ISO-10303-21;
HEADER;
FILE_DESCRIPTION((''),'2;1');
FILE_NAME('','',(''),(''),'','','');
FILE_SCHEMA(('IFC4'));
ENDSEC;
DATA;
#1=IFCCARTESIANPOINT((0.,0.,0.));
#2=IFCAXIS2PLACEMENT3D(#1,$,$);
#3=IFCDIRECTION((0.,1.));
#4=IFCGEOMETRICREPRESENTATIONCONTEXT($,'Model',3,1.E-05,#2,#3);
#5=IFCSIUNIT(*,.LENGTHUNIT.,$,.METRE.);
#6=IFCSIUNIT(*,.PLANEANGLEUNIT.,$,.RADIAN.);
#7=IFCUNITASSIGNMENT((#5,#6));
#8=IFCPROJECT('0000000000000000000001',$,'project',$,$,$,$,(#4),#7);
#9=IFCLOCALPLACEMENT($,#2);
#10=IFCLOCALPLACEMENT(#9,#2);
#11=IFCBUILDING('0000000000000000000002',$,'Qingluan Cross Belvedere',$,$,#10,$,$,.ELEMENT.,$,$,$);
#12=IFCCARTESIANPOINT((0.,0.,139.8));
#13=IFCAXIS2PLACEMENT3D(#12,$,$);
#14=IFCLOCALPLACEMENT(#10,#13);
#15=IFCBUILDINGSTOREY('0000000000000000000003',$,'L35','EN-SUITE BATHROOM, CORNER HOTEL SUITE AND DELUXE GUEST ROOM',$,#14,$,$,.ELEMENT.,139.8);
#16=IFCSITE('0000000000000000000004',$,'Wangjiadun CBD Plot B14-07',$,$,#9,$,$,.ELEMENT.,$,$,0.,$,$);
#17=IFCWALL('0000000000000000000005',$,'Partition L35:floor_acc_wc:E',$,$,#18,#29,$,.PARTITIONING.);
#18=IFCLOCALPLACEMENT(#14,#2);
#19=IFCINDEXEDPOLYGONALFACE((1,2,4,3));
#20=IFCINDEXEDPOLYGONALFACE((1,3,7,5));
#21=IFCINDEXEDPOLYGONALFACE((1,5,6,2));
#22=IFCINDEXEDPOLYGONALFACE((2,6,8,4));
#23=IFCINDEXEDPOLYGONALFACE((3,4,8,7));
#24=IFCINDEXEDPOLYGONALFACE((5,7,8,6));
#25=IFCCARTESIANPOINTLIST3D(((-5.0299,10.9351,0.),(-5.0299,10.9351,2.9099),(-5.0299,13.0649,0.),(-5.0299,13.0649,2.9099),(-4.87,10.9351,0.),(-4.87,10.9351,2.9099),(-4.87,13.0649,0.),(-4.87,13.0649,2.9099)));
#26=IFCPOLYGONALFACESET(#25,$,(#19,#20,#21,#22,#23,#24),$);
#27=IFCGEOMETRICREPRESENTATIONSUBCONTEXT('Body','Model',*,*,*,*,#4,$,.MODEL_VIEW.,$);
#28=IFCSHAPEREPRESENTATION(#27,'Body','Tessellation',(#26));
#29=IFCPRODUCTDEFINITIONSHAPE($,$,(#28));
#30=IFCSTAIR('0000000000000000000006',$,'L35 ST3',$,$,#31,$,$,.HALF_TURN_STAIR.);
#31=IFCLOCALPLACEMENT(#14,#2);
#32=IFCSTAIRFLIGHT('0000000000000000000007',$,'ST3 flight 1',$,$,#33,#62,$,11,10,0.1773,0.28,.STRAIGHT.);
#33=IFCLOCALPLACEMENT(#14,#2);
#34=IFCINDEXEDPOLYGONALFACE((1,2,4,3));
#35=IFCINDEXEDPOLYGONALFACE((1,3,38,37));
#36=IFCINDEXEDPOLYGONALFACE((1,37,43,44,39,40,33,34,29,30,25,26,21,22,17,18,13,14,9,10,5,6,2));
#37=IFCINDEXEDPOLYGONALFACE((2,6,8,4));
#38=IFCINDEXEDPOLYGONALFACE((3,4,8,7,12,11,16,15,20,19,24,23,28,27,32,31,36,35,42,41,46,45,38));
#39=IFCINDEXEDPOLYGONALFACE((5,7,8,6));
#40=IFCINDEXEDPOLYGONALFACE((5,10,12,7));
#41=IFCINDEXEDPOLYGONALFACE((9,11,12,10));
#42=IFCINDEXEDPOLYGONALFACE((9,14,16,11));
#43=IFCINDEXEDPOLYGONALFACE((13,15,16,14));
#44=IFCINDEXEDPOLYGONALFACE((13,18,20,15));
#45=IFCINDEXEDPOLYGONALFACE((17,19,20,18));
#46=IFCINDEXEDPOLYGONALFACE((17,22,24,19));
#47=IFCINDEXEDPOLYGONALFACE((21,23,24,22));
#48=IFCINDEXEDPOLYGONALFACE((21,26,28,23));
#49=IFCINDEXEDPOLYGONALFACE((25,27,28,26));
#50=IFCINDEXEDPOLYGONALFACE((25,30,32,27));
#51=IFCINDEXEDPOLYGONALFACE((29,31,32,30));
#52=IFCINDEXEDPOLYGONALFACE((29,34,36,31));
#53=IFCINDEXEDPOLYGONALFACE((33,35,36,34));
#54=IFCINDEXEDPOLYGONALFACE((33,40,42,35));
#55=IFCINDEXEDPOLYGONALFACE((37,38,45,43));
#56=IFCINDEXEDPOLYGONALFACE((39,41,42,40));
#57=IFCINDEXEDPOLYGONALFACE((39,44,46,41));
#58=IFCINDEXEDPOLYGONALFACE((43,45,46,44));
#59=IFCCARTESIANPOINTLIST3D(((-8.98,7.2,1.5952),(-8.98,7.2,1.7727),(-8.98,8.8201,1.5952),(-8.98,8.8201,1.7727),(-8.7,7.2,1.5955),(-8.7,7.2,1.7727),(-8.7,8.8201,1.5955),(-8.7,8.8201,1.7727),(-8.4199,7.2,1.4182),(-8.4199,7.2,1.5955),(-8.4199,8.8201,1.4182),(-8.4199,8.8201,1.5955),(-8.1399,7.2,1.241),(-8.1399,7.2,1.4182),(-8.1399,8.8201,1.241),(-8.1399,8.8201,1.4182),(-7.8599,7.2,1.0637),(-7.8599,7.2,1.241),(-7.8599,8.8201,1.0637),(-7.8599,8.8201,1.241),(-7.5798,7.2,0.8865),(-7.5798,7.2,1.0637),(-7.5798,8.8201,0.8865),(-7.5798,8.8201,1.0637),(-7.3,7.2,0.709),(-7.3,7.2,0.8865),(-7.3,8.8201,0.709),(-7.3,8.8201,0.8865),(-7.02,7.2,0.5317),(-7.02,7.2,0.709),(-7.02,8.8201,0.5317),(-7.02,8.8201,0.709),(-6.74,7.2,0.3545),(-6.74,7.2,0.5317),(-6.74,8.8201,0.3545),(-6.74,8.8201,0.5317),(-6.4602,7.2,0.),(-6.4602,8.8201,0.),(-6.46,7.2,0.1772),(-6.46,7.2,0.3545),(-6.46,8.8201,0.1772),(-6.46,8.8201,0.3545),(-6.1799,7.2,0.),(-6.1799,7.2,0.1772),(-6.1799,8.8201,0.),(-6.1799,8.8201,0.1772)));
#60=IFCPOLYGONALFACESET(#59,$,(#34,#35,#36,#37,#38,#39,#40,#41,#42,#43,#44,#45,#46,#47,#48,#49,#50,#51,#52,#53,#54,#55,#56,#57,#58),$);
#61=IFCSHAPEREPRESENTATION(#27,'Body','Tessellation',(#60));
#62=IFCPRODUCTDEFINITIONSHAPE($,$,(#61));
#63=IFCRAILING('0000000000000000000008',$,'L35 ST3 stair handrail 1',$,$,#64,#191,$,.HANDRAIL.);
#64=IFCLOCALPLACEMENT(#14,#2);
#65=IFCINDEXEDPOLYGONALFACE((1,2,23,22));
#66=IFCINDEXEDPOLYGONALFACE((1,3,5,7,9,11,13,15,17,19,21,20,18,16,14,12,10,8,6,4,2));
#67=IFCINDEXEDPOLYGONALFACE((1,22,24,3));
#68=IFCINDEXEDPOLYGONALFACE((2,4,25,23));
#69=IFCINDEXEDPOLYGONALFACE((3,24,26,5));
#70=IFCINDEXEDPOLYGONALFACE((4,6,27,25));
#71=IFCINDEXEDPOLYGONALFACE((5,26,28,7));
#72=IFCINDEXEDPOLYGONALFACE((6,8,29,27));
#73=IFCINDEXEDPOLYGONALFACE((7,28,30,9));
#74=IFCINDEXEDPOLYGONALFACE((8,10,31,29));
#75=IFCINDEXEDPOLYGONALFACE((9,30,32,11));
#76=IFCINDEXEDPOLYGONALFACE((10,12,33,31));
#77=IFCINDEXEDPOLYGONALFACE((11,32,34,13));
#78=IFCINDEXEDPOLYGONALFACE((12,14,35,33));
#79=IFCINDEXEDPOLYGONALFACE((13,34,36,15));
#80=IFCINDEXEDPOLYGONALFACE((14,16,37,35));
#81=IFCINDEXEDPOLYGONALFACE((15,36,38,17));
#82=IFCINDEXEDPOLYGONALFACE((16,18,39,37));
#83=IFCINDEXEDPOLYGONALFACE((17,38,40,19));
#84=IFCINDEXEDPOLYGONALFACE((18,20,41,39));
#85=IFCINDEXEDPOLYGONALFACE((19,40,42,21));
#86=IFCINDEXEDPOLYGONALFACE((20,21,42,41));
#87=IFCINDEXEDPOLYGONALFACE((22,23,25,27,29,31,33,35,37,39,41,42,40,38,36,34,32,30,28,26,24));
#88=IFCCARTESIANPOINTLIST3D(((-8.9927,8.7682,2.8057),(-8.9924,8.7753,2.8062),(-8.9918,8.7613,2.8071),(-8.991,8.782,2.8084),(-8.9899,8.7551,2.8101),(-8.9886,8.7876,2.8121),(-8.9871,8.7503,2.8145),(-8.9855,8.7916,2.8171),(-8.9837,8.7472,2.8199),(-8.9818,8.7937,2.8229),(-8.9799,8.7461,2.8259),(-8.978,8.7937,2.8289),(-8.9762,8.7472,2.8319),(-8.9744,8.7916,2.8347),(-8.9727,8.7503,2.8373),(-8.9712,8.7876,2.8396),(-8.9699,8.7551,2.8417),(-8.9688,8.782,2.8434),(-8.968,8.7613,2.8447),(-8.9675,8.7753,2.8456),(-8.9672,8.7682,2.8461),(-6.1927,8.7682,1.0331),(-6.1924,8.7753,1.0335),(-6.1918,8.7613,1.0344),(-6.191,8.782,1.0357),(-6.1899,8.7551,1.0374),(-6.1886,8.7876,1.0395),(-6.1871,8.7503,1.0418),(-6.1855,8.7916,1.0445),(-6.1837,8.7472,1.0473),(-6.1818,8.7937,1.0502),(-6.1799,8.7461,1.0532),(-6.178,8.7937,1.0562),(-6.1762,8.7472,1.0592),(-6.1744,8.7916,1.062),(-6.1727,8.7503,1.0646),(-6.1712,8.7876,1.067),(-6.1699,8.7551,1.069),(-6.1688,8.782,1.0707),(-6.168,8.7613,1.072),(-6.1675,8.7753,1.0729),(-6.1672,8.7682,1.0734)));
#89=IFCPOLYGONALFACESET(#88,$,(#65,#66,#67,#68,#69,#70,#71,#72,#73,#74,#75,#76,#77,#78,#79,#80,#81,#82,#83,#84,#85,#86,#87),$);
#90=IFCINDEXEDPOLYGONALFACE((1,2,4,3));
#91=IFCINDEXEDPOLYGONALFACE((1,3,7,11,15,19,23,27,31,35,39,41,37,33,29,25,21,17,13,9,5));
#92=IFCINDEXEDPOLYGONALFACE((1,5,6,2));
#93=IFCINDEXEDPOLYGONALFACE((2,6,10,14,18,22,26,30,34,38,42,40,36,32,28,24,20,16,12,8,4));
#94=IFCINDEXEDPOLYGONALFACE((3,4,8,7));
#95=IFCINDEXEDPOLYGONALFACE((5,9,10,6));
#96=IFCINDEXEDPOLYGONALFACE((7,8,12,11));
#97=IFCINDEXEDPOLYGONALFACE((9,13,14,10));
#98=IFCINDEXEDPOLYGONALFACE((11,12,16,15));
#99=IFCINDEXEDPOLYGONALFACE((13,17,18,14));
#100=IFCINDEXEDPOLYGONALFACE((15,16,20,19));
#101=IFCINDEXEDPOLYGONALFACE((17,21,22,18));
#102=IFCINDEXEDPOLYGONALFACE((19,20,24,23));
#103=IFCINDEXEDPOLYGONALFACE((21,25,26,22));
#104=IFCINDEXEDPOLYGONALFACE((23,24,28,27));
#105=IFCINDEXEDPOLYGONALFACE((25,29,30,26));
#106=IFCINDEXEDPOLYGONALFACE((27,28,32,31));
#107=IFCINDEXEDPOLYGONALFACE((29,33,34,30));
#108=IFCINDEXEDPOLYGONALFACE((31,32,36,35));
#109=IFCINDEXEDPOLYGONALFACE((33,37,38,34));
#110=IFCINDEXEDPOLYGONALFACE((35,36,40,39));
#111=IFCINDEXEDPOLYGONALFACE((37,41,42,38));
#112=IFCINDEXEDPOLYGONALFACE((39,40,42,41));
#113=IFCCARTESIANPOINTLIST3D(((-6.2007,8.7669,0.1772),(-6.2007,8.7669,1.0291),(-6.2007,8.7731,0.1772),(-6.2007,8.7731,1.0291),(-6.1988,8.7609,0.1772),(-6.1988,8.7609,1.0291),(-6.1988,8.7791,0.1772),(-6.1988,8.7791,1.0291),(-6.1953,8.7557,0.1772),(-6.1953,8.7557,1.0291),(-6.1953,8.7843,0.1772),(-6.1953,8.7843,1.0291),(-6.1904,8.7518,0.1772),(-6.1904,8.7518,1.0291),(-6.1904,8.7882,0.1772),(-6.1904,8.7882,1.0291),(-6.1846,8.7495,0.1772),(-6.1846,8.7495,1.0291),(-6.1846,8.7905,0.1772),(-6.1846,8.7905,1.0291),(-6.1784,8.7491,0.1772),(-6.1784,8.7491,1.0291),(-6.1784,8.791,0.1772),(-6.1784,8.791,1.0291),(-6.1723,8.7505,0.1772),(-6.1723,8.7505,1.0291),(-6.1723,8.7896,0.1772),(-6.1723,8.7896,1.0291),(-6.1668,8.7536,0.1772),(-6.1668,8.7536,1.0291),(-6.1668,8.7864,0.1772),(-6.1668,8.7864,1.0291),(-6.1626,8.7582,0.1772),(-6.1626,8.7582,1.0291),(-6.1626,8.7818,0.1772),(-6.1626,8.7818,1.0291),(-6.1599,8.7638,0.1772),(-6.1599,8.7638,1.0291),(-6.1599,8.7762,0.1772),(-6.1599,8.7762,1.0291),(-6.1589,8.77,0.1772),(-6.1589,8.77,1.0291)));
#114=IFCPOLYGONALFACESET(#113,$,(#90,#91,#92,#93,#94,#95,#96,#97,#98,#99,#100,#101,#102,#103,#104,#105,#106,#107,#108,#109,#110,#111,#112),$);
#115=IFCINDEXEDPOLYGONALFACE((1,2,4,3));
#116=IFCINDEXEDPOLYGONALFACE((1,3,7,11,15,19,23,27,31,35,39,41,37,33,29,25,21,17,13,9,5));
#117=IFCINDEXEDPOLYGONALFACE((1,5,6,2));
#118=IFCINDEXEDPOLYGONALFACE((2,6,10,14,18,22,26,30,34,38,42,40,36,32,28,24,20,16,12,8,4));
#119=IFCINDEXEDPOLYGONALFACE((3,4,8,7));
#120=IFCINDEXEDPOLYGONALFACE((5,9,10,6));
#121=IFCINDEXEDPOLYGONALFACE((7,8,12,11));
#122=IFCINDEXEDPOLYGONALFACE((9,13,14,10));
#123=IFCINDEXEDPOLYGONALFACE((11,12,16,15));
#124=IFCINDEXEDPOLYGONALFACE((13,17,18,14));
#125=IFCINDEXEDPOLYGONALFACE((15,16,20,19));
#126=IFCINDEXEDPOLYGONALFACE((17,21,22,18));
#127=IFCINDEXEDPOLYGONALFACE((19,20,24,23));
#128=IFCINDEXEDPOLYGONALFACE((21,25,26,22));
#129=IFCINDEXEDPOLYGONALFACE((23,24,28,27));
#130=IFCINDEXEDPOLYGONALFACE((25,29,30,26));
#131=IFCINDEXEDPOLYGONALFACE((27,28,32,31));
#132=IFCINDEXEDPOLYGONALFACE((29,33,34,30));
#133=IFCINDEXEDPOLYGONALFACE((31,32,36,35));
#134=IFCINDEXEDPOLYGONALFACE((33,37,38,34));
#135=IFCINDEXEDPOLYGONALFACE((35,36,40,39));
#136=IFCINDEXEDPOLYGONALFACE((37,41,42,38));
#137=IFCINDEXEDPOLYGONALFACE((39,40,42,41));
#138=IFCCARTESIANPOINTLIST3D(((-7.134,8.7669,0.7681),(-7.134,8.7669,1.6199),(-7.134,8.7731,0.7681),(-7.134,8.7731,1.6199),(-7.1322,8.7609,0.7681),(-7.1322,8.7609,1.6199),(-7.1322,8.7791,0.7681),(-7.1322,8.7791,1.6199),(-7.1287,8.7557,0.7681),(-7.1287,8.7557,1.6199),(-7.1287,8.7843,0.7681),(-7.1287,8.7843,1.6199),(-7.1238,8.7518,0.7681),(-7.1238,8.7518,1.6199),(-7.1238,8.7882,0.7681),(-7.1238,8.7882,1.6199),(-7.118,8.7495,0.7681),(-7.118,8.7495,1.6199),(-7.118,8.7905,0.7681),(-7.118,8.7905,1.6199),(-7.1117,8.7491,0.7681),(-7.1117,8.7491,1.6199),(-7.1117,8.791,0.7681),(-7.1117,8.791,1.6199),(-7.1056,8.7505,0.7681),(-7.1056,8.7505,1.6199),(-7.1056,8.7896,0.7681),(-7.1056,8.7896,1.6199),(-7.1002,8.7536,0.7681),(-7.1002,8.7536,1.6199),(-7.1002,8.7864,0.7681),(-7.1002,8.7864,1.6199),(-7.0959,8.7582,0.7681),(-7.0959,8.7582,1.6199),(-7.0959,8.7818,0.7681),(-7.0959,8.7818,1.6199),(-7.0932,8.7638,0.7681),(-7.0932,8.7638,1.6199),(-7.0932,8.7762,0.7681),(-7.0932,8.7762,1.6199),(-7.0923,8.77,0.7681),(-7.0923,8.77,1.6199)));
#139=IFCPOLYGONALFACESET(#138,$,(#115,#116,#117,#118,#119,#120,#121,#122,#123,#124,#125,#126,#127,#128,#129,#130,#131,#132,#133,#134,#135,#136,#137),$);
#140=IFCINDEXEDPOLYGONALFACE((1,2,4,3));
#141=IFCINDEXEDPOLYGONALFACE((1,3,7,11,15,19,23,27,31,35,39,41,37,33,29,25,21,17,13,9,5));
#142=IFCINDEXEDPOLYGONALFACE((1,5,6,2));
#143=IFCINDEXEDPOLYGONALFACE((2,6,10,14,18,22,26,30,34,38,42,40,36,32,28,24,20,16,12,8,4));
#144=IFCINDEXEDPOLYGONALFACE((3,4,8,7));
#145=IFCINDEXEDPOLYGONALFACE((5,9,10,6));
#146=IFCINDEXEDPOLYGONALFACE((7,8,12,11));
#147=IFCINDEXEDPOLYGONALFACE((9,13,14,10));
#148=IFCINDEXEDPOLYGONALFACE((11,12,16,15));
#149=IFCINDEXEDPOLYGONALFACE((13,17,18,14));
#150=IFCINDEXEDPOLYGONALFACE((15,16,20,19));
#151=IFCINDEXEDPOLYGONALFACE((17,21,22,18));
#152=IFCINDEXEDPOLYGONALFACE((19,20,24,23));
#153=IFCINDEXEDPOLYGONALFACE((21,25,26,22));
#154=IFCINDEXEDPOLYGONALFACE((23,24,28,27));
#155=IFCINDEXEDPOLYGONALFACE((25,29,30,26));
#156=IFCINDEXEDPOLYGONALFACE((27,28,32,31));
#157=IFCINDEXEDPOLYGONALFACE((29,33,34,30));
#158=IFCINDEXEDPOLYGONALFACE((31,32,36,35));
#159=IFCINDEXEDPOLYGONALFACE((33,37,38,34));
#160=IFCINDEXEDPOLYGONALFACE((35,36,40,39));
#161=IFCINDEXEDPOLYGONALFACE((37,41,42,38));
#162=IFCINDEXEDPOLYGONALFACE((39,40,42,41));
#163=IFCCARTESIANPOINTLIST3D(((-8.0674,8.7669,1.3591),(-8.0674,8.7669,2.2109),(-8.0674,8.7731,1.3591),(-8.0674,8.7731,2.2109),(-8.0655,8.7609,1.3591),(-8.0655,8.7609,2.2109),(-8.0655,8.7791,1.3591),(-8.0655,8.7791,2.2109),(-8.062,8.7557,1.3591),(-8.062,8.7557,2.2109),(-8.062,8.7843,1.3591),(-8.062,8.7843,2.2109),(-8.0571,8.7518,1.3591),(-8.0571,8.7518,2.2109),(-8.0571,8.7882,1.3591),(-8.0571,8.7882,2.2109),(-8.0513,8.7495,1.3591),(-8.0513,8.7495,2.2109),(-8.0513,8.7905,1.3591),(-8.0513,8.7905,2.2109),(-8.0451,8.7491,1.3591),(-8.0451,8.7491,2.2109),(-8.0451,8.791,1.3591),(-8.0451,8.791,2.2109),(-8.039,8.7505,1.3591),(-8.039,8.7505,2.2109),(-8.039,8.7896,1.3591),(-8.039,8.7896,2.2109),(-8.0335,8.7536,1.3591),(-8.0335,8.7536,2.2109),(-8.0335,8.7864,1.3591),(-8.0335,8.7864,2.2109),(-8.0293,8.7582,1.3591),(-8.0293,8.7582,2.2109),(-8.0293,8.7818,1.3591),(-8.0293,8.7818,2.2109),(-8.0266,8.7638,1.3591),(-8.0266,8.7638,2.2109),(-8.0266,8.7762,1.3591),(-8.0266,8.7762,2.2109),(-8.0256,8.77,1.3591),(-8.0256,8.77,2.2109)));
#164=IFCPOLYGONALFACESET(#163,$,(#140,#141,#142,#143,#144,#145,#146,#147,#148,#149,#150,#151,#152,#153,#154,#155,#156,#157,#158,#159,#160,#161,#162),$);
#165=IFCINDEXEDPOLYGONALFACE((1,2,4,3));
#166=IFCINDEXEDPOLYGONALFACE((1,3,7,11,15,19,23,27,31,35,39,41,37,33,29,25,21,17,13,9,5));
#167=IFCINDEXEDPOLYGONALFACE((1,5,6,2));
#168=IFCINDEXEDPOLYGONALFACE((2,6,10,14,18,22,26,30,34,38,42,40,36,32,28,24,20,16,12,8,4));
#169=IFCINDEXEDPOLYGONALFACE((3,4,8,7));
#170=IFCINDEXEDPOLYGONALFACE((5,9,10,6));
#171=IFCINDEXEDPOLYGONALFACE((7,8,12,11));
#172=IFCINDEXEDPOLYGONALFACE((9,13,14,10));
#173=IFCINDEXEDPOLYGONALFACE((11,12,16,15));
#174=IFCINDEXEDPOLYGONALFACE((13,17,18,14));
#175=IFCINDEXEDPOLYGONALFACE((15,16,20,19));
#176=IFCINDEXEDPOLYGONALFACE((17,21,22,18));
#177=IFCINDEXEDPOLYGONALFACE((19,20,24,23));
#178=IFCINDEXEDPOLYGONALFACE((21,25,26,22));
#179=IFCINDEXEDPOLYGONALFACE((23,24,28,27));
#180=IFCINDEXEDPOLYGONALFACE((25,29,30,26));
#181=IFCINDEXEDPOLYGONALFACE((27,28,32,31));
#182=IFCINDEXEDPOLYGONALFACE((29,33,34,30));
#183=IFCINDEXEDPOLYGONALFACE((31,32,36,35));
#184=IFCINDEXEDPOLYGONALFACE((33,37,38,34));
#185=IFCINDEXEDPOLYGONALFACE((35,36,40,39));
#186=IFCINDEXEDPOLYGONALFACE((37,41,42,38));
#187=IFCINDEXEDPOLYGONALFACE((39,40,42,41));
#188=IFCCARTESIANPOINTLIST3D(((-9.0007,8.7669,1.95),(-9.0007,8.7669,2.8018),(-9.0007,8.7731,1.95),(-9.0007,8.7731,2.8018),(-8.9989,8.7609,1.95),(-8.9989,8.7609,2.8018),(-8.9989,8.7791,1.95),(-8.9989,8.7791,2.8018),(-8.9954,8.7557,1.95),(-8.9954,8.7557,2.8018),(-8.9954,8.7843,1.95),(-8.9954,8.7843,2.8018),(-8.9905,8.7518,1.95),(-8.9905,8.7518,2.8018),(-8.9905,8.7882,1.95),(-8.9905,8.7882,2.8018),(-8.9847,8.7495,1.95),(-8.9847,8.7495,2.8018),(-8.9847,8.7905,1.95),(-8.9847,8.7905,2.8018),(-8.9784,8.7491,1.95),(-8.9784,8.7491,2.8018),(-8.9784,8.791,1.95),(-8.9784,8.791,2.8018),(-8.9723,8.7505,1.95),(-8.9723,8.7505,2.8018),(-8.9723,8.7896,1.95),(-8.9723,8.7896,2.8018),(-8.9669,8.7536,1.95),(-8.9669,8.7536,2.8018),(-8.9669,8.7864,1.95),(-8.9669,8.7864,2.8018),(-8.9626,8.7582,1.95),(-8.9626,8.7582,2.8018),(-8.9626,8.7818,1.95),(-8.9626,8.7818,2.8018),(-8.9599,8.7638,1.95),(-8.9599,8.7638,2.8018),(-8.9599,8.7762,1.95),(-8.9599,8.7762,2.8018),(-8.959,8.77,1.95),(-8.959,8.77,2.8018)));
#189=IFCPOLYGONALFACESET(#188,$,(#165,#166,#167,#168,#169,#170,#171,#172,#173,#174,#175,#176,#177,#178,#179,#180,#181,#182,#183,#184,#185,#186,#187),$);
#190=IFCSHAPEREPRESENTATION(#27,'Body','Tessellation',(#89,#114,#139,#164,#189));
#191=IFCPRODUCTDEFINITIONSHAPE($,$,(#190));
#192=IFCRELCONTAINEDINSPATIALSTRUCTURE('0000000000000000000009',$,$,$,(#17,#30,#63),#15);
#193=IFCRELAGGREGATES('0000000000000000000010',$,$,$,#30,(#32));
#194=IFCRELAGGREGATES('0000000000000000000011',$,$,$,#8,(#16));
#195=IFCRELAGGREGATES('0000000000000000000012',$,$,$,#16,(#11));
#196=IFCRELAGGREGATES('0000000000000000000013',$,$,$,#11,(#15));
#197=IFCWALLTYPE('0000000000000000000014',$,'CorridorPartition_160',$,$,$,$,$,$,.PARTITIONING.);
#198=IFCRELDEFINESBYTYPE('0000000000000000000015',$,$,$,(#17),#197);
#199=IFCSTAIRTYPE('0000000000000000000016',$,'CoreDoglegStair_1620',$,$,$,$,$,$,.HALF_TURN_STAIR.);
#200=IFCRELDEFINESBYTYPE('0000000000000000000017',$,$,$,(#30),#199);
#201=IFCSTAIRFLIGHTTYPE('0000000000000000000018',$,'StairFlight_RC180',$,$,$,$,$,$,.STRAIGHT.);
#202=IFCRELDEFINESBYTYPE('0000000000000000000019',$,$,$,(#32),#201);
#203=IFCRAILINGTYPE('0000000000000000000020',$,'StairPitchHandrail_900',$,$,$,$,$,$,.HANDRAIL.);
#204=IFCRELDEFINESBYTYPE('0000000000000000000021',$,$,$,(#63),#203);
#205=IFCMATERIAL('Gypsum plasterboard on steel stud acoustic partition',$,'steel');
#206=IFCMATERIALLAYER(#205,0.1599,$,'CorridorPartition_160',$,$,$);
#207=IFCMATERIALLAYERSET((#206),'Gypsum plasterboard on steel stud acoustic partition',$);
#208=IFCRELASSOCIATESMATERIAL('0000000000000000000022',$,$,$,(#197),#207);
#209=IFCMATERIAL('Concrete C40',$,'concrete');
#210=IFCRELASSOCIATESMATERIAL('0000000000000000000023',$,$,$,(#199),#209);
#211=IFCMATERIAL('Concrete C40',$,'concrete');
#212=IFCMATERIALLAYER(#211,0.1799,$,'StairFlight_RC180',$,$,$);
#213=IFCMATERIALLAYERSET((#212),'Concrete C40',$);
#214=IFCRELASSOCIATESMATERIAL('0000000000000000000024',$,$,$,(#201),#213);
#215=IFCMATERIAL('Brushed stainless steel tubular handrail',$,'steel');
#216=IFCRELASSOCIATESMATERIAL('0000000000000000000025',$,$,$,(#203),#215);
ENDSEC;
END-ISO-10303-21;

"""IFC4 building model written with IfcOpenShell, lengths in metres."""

from ifc_helpers import new_model, si_unit, direction, frame, frame_2d, origin, origin_2d, place, context, subcontext, project, spatial, polyline, rectangle, circle, outline, extrude, material, layer, layer_set, type_object, element, aggregate, save


model = new_model("IFC4")

# Units and contexts
model_context = context("Model", 3, precision=1e-05, world=origin(), true_north=direction((0.0, 1.0)))
body_context = subcontext(model_context, "Body", "Model", "MODEL_VIEW")
ifc_project = project(units=[si_unit("LENGTHUNIT", "METRE"), si_unit("PLANEANGLEUNIT", "RADIAN")], contexts=[model_context])

# Site, building, storey
site_placement = place(None, origin())
site = spatial("IfcSite", under=ifc_project, at=site_placement, Name="Wangjiadun CBD Plot B14-07", CompositionType="ELEMENT", RefElevation=0.0)
building_placement = place(site_placement, origin())
building = spatial("IfcBuilding", under=site, at=building_placement, Name="Qingluan Cross Belvedere", CompositionType="ELEMENT")
storey_placement = place(building_placement, frame((0.0, 0.0, 139.8)))
storey = spatial("IfcBuildingStorey", under=building, at=storey_placement, Name="L35", Description="EN-SUITE BATHROOM, CORNER HOTEL SUITE AND DELUXE GUEST ROOM", CompositionType="ELEMENT", Elevation=139.8)

# Shared definitions
ifc_material_1 = material(Name="Gypsum plasterboard on steel stud acoustic partition", Category="steel")
ifc_layer_1 = layer(ifc_material_1, 0.1599, Name="CorridorPartition_160")
ifc_layer_set_1 = layer_set([ifc_layer_1], Name="Gypsum plasterboard on steel stud acoustic partition")
wall_type_1 = type_object("IfcWallType", Name="CorridorPartition_160", PredefinedType="PARTITIONING", material=ifc_layer_set_1)

# Wall
wall_1_placement = place(storey_placement, frame((-4.95, 10.9351, 0.0), z_axis=(0.0, 0.0, 1.0), x_axis=(0.0, 1.0, 0.0)))
element("IfcWall", 1, at=wall_1_placement, inside=storey, type_object=wall_type_1, Name="Partition L35:floor_acc_wc:E", PredefinedType="PARTITIONING", context=body_context, shape_type="SweptSolid", body=[
    extrude(rectangle(XDim=2.1299, YDim=0.1599, at=frame_2d((1.0649, 0.0))), origin(), (0.0, 0.0, 1.0), 2.9099),
])

# Stair, stair flight
ifc_material_2 = material(Name="Concrete C40", Category="concrete")
stair_type = type_object("IfcStairType", Name="CoreDoglegStair_1620", PredefinedType="HALF_TURN_STAIR", material=ifc_material_2)
stair_placement = place(storey_placement, origin())
stair = element("IfcStair", 2, at=stair_placement, inside=storey, type_object=stair_type, Name="L35 ST3", PredefinedType="HALF_TURN_STAIR")
ifc_material_3 = material(Name="Concrete C40", Category="concrete")
ifc_layer_2 = layer(ifc_material_3, 0.1799, Name="StairFlight_RC180")
ifc_layer_set_2 = layer_set([ifc_layer_2], Name="Concrete C40")
stair_flight_type = type_object("IfcStairFlightType", Name="StairFlight_RC180", PredefinedType="STRAIGHT", material=ifc_layer_set_2)
stair_flight_placement = place(storey_placement, frame((-6.1799, 8.01, 0.0), z_axis=(0.0, 0.0, 1.0), x_axis=(-1.0, 0.0, 0.0)))
stair_flight = element("IfcStairFlight", 3, at=stair_flight_placement, type_object=stair_flight_type, Name="ST3 flight 1", NumberOfRisers=11, NumberOfTreads=10, PredefinedType="STRAIGHT", RiserHeight=0.1773, TreadLength=0.28, context=body_context, shape_type="SweptSolid", body=[
    extrude(outline(polyline([(0.0, 0.0), (0.0, 0.1772), (0.28, 0.1772), (0.28, 0.3545), (0.5601, 0.3545), (0.5601, 0.5317), (0.8401, 0.5317), (0.8401, 0.709), (1.1201, 0.709), (1.1201, 0.8865), (1.3999, 0.8865), (1.3999, 1.0637), (1.6799, 1.0637), (1.6799, 1.241), (1.96, 1.241), (1.96, 1.4182), (2.24, 1.4182), (2.24, 1.5955), (2.52, 1.5955), (2.52, 1.7727), (2.8, 1.7727), (2.8, 1.95), (2.8, 1.5952), (0.2803, 0.0), (0.0, 0.0)])), frame((0.0, 0.8101, 0.0), z_axis=(0.0, -1.0, 0.0), x_axis=(1.0, 0.0, 0.0)), (0.0, 0.0, 1.0), 1.6201),
])
aggregate(stair, [stair_flight])

# Railing
ifc_material_4 = material(Name="Brushed stainless steel tubular handrail", Category="steel")
railing_type_1 = type_object("IfcRailingType", Name="StairPitchHandrail_900", PredefinedType="HANDRAIL", material=ifc_material_4)
railing_1_placement = place(storey_placement, frame((-6.1799, 8.77, 0.1772)))
element("IfcRailing", 4, at=railing_1_placement, inside=storey, type_object=railing_type_1, Name="L35 ST3 stair handrail 1", PredefinedType="HANDRAIL", context=body_context, shape_type="SweptSolid", body=[
    extrude(circle(Radius=0.0239, at=origin_2d()), frame((0.0, 0.0, 0.876), z_axis=(-0.844909, 0.0, 0.53491), x_axis=(0.0, -1.0, 0.0)), (0.0, 0.0, 1.0), 3.314),
    extrude(circle(Radius=0.021, at=origin_2d()), origin(), (0.0, 0.0, 1.0), 0.8518),
    extrude(circle(Radius=0.021, at=origin_2d()), frame((-0.9333, 0.0, 0.5908)), (0.0, 0.0, 1.0), 0.8518),
    extrude(circle(Radius=0.021, at=origin_2d()), frame((-1.8667, 0.0, 1.1819)), (0.0, 0.0, 1.0), 0.8518),
    extrude(circle(Radius=0.021, at=origin_2d()), frame((-2.8, 0.0, 1.7727)), (0.0, 0.0, 1.0), 0.8518),
])

save(model, "model.ifc")
